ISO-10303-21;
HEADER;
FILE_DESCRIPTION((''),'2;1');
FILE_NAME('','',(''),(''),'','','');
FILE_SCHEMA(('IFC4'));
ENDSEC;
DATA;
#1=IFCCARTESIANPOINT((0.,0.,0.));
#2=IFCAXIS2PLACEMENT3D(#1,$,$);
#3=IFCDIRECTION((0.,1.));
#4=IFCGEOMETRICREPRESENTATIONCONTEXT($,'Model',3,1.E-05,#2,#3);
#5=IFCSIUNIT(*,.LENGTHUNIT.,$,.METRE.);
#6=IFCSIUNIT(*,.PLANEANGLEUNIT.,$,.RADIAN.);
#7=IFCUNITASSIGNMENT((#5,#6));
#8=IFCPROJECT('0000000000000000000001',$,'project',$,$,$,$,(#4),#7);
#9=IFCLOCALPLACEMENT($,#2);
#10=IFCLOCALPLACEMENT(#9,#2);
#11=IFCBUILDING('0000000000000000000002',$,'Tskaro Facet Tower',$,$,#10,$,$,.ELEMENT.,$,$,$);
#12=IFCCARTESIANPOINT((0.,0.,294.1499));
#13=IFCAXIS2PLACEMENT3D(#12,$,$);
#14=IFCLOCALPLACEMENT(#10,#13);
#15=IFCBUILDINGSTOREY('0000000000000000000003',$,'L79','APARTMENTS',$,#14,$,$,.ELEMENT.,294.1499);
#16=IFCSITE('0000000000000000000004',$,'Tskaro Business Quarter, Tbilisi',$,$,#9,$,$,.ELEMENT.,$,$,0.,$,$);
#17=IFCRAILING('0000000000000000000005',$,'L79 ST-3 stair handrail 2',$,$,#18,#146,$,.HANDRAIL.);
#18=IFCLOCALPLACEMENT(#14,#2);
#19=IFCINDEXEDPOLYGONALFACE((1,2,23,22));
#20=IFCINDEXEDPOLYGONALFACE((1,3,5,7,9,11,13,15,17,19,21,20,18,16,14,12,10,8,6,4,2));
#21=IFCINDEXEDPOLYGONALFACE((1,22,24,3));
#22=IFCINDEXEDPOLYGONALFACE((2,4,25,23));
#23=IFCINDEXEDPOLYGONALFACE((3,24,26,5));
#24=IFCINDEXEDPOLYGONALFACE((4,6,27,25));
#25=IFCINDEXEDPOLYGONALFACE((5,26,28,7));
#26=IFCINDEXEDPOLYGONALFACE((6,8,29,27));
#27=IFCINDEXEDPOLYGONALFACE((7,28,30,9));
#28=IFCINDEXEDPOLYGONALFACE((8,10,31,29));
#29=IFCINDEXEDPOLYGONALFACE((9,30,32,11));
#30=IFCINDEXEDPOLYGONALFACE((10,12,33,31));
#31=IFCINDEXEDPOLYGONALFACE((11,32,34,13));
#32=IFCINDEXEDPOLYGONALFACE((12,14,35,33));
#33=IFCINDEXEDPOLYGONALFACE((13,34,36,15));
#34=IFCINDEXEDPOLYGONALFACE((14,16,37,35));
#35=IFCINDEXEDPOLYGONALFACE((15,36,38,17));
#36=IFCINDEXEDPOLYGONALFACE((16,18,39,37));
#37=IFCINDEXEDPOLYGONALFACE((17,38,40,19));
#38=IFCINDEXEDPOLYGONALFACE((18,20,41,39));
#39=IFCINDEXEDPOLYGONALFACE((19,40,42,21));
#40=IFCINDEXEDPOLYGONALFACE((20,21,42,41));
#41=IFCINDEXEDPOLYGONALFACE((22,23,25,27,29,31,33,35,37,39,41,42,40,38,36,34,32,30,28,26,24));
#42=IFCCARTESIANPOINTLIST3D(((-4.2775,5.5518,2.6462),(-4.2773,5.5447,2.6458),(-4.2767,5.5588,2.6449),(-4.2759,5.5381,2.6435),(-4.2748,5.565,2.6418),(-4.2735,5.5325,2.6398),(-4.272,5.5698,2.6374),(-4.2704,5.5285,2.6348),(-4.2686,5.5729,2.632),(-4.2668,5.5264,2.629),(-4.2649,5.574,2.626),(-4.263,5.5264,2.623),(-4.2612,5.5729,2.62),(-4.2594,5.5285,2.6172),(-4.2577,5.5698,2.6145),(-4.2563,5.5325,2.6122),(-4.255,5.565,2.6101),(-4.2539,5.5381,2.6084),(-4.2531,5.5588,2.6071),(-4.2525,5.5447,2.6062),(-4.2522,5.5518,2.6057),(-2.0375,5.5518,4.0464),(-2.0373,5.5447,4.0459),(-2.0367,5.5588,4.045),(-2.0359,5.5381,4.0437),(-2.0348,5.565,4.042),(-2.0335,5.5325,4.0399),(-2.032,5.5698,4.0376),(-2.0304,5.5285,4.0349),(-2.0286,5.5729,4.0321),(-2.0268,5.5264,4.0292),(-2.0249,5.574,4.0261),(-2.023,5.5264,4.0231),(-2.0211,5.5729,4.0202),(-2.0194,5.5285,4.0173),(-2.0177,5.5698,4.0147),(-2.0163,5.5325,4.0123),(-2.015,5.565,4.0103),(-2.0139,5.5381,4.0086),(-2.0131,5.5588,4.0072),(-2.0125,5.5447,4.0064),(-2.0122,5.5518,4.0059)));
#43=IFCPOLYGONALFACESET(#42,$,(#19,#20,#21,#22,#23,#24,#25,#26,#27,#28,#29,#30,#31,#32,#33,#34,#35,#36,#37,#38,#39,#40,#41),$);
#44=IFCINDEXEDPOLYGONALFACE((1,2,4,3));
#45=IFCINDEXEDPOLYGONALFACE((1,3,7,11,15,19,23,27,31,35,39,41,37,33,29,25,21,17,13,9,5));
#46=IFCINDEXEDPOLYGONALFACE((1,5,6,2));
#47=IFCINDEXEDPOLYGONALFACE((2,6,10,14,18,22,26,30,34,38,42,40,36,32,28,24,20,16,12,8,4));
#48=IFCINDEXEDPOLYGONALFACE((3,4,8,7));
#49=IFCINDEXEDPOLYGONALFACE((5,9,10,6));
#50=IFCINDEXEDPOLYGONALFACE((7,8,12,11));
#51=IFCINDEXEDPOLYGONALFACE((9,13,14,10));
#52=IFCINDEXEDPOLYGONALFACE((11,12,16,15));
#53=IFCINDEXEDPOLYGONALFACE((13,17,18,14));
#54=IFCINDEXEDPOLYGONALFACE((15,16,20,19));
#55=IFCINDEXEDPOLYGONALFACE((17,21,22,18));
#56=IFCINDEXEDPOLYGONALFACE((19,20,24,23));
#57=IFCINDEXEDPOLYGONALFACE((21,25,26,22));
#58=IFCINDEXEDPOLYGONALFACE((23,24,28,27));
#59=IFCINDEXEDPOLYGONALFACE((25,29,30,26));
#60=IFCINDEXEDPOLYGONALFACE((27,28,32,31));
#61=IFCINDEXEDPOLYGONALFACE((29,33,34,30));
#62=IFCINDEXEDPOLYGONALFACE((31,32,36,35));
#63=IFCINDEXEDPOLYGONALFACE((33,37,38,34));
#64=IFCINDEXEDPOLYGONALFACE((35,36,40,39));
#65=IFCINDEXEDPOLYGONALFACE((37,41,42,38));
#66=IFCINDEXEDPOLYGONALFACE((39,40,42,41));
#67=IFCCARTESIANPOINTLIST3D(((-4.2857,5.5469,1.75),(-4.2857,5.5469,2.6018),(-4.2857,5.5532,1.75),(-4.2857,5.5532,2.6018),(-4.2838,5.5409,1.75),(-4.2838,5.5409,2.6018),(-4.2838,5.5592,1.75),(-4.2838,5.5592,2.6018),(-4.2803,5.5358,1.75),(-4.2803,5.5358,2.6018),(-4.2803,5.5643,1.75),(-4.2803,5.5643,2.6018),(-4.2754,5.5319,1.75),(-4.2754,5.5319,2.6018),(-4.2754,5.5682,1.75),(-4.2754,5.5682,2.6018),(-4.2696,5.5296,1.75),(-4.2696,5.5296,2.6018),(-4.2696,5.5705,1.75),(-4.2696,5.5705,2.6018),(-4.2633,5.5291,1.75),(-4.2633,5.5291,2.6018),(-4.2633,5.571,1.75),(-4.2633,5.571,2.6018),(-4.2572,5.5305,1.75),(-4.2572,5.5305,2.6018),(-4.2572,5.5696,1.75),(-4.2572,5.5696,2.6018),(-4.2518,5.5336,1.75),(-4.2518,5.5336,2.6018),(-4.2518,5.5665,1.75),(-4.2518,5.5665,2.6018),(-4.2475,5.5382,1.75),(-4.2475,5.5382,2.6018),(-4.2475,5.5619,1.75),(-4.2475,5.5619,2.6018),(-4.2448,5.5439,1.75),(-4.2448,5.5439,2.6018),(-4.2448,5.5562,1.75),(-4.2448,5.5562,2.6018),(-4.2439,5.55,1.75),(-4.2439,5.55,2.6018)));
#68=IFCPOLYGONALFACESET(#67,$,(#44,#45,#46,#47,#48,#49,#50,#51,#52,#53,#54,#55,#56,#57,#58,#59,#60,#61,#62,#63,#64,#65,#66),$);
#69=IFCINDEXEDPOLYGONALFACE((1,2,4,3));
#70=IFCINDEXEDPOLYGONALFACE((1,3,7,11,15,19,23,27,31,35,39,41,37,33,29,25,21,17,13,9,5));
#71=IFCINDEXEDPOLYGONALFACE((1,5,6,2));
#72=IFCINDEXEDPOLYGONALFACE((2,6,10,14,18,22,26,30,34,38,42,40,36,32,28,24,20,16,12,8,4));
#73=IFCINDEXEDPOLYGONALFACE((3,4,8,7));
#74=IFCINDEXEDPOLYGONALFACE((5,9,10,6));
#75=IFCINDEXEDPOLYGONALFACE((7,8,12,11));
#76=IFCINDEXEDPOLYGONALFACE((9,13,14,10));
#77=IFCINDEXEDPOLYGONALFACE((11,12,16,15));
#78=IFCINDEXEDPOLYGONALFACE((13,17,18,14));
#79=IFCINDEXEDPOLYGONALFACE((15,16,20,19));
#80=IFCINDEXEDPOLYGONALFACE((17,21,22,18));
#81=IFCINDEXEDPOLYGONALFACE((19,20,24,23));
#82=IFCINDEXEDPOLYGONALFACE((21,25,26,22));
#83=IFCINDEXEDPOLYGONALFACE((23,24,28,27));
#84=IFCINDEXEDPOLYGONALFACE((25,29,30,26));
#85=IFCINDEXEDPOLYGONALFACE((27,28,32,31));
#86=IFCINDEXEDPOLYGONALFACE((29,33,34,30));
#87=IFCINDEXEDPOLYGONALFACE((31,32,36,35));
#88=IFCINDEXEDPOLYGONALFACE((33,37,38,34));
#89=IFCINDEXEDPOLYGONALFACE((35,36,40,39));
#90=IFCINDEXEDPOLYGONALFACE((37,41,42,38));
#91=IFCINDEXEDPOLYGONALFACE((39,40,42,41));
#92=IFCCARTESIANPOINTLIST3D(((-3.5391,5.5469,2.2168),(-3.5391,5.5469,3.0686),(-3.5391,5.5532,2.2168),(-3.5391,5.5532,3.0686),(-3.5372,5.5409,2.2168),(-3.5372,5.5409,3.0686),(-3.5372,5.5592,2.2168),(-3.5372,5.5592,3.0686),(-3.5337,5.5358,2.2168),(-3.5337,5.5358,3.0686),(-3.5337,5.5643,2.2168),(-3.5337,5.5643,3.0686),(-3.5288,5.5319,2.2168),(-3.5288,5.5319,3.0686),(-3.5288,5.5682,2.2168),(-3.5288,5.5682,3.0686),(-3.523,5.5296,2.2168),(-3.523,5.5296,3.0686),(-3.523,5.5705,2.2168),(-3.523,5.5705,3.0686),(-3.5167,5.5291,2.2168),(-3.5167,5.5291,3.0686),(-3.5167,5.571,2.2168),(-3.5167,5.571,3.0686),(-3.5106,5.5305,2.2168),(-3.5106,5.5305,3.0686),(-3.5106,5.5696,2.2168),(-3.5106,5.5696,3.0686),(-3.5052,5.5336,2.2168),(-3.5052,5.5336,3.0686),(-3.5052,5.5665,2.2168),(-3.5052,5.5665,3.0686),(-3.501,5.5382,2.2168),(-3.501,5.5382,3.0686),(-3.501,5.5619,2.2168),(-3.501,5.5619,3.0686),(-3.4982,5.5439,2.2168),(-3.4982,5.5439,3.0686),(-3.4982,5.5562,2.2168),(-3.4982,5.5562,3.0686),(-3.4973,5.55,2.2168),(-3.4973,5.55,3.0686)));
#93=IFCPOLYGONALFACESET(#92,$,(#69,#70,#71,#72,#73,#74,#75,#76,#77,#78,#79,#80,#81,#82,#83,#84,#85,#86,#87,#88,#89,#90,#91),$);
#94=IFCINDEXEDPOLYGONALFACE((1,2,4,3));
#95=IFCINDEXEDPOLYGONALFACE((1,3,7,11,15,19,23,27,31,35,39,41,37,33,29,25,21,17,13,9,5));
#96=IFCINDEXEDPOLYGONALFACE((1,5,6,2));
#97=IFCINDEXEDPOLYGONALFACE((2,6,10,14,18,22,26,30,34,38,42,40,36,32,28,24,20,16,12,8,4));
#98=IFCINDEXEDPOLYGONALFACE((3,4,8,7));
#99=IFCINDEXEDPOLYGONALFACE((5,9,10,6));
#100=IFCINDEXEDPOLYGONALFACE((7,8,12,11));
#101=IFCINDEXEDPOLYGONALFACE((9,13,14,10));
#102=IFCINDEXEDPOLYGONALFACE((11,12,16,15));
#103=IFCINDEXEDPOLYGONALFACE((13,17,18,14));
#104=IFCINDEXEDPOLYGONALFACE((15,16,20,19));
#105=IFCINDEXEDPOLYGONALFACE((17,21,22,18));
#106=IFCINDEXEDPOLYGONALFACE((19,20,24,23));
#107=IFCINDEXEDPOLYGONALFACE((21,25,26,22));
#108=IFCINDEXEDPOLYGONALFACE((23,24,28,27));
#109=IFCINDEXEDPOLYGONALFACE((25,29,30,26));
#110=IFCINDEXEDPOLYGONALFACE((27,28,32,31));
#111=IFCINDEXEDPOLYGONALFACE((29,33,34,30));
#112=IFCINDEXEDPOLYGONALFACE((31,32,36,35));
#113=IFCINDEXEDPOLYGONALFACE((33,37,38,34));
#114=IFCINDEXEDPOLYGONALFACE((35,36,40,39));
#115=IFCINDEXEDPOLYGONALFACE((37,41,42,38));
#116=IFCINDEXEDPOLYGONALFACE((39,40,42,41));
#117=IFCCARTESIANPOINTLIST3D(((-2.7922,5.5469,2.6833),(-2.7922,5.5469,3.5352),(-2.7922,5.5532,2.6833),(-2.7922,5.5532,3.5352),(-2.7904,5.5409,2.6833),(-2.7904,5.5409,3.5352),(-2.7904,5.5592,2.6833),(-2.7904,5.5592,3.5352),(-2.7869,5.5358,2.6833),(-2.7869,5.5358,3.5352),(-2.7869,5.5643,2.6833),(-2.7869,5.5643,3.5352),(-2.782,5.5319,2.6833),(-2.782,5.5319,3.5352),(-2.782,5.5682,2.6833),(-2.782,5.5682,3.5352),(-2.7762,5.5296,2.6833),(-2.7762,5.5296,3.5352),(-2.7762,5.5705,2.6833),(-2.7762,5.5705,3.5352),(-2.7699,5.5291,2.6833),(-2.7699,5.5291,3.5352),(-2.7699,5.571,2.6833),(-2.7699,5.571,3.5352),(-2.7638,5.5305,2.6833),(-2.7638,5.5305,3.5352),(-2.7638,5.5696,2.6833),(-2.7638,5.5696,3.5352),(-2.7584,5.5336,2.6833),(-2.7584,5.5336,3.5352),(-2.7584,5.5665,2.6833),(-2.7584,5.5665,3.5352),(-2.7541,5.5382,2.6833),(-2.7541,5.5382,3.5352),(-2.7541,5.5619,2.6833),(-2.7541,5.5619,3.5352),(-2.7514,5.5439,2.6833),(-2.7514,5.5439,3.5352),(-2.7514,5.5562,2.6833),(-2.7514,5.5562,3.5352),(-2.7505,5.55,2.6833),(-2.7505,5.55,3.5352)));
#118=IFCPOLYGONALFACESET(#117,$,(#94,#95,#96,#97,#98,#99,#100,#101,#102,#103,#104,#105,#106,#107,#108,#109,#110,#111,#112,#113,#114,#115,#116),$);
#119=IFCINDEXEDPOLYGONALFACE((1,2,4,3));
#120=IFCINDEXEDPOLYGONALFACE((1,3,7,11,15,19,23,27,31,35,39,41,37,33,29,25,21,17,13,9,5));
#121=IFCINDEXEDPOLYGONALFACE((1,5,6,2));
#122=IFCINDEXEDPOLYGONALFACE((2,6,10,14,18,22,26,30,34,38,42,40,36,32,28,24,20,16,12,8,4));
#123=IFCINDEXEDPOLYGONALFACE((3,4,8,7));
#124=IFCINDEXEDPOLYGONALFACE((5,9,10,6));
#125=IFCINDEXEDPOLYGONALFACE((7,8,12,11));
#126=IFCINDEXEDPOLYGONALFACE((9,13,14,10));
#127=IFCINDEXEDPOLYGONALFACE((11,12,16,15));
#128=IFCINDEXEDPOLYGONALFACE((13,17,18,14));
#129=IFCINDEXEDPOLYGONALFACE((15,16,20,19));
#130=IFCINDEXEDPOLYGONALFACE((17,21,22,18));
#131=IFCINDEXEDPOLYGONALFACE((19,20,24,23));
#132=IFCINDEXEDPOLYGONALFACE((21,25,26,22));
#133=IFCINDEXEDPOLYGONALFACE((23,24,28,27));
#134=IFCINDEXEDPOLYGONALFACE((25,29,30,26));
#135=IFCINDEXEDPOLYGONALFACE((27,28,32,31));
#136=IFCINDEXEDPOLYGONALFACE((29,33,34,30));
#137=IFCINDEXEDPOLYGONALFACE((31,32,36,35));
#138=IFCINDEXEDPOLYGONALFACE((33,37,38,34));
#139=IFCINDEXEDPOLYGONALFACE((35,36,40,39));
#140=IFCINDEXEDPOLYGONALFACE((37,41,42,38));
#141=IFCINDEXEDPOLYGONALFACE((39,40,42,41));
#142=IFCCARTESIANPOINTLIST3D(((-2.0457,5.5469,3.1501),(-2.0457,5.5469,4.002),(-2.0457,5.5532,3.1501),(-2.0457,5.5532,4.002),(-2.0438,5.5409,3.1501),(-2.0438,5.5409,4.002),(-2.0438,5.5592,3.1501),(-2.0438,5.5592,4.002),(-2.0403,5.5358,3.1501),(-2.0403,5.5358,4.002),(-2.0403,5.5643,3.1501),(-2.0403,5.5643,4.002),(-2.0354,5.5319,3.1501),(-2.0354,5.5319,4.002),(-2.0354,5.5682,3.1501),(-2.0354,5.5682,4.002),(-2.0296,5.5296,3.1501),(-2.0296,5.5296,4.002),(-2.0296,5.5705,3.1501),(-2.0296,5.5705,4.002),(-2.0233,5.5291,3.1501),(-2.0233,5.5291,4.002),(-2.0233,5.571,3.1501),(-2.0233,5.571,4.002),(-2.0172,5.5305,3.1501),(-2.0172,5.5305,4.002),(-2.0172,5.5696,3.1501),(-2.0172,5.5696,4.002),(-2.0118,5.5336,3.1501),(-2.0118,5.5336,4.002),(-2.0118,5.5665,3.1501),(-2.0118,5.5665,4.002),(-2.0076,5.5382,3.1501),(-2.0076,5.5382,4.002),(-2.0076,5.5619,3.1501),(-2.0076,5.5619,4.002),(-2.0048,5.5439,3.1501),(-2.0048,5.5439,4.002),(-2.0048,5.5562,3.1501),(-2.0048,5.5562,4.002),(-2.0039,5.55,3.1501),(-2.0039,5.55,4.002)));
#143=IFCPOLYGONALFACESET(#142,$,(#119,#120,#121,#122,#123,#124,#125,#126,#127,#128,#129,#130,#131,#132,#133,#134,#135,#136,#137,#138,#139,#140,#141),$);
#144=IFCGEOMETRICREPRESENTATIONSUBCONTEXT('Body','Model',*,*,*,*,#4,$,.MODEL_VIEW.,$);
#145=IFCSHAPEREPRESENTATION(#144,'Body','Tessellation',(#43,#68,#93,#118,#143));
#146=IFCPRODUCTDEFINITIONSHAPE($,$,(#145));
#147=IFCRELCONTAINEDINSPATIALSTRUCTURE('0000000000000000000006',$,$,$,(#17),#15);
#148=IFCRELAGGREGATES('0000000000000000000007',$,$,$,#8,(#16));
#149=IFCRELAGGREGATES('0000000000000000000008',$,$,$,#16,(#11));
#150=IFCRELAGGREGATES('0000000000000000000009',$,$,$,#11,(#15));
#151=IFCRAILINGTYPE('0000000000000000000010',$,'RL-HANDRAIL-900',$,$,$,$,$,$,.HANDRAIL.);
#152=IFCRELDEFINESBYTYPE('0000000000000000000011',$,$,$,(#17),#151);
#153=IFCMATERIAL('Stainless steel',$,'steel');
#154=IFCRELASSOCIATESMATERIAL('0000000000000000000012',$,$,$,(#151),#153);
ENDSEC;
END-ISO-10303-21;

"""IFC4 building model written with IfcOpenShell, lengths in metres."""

from ifc_helpers import new_model, si_unit, direction, frame, origin, origin_2d, place, context, subcontext, project, spatial, circle, extrude, material, type_object, element, save


model = new_model("IFC4")

# Units and contexts
model_context = context("Model", 3, precision=1e-05, world=origin(), true_north=direction((0.0, 1.0)))
body_context = subcontext(model_context, "Body", "Model", "MODEL_VIEW")
ifc_project = project(units=[si_unit("LENGTHUNIT", "METRE"), si_unit("PLANEANGLEUNIT", "RADIAN")], contexts=[model_context])

# Site, building, storey
site_placement = place(None, origin())
site = spatial("IfcSite", under=ifc_project, at=site_placement, Name="Tskaro Business Quarter, Tbilisi", CompositionType="ELEMENT", RefElevation=0.0)
building_placement = place(site_placement, origin())
building = spatial("IfcBuilding", under=site, at=building_placement, Name="Tskaro Facet Tower", CompositionType="ELEMENT")
storey_placement = place(building_placement, frame((0.0, 0.0, 294.1499)))
storey = spatial("IfcBuildingStorey", under=building, at=storey_placement, Name="L79", Description="APARTMENTS", CompositionType="ELEMENT", Elevation=294.1499)

# Railing
ifc_material_1 = material(Name="Stainless steel", Category="steel")
railing_type = type_object("IfcRailingType", Name="RL-HANDRAIL-900", PredefinedType="HANDRAIL", material=ifc_material_1)
railing_placement = place(storey_placement, frame((-4.2649, 5.55, 1.75)))
element("IfcRailing", 1, at=railing_placement, inside=storey, type_object=railing_type, Name="L79 ST-3 stair handrail 2", PredefinedType="HANDRAIL", context=body_context, shape_type="SweptSolid", body=[
    extrude(circle(Radius=0.0239, at=origin_2d()), frame((0.0, 0.0, 0.876), z_axis=(0.847972, 0.0, 0.53004), x_axis=(0.0, 1.0, 0.0)), (0.0, 0.0, 1.0), 2.6416),
    extrude(circle(Radius=0.021, at=origin_2d()), origin(), (0.0, 0.0, 1.0), 0.8518),
    extrude(circle(Radius=0.021, at=origin_2d()), frame((0.7466, 0.0, 0.4668)), (0.0, 0.0, 1.0), 0.8518),
    extrude(circle(Radius=0.021, at=origin_2d()), frame((1.4934, 0.0, 0.9333)), (0.0, 0.0, 1.0), 0.8518),
    extrude(circle(Radius=0.021, at=origin_2d()), frame((2.24, 0.0, 1.4001)), (0.0, 0.0, 1.0), 0.8518),
])

save(model, "model.ifc")
